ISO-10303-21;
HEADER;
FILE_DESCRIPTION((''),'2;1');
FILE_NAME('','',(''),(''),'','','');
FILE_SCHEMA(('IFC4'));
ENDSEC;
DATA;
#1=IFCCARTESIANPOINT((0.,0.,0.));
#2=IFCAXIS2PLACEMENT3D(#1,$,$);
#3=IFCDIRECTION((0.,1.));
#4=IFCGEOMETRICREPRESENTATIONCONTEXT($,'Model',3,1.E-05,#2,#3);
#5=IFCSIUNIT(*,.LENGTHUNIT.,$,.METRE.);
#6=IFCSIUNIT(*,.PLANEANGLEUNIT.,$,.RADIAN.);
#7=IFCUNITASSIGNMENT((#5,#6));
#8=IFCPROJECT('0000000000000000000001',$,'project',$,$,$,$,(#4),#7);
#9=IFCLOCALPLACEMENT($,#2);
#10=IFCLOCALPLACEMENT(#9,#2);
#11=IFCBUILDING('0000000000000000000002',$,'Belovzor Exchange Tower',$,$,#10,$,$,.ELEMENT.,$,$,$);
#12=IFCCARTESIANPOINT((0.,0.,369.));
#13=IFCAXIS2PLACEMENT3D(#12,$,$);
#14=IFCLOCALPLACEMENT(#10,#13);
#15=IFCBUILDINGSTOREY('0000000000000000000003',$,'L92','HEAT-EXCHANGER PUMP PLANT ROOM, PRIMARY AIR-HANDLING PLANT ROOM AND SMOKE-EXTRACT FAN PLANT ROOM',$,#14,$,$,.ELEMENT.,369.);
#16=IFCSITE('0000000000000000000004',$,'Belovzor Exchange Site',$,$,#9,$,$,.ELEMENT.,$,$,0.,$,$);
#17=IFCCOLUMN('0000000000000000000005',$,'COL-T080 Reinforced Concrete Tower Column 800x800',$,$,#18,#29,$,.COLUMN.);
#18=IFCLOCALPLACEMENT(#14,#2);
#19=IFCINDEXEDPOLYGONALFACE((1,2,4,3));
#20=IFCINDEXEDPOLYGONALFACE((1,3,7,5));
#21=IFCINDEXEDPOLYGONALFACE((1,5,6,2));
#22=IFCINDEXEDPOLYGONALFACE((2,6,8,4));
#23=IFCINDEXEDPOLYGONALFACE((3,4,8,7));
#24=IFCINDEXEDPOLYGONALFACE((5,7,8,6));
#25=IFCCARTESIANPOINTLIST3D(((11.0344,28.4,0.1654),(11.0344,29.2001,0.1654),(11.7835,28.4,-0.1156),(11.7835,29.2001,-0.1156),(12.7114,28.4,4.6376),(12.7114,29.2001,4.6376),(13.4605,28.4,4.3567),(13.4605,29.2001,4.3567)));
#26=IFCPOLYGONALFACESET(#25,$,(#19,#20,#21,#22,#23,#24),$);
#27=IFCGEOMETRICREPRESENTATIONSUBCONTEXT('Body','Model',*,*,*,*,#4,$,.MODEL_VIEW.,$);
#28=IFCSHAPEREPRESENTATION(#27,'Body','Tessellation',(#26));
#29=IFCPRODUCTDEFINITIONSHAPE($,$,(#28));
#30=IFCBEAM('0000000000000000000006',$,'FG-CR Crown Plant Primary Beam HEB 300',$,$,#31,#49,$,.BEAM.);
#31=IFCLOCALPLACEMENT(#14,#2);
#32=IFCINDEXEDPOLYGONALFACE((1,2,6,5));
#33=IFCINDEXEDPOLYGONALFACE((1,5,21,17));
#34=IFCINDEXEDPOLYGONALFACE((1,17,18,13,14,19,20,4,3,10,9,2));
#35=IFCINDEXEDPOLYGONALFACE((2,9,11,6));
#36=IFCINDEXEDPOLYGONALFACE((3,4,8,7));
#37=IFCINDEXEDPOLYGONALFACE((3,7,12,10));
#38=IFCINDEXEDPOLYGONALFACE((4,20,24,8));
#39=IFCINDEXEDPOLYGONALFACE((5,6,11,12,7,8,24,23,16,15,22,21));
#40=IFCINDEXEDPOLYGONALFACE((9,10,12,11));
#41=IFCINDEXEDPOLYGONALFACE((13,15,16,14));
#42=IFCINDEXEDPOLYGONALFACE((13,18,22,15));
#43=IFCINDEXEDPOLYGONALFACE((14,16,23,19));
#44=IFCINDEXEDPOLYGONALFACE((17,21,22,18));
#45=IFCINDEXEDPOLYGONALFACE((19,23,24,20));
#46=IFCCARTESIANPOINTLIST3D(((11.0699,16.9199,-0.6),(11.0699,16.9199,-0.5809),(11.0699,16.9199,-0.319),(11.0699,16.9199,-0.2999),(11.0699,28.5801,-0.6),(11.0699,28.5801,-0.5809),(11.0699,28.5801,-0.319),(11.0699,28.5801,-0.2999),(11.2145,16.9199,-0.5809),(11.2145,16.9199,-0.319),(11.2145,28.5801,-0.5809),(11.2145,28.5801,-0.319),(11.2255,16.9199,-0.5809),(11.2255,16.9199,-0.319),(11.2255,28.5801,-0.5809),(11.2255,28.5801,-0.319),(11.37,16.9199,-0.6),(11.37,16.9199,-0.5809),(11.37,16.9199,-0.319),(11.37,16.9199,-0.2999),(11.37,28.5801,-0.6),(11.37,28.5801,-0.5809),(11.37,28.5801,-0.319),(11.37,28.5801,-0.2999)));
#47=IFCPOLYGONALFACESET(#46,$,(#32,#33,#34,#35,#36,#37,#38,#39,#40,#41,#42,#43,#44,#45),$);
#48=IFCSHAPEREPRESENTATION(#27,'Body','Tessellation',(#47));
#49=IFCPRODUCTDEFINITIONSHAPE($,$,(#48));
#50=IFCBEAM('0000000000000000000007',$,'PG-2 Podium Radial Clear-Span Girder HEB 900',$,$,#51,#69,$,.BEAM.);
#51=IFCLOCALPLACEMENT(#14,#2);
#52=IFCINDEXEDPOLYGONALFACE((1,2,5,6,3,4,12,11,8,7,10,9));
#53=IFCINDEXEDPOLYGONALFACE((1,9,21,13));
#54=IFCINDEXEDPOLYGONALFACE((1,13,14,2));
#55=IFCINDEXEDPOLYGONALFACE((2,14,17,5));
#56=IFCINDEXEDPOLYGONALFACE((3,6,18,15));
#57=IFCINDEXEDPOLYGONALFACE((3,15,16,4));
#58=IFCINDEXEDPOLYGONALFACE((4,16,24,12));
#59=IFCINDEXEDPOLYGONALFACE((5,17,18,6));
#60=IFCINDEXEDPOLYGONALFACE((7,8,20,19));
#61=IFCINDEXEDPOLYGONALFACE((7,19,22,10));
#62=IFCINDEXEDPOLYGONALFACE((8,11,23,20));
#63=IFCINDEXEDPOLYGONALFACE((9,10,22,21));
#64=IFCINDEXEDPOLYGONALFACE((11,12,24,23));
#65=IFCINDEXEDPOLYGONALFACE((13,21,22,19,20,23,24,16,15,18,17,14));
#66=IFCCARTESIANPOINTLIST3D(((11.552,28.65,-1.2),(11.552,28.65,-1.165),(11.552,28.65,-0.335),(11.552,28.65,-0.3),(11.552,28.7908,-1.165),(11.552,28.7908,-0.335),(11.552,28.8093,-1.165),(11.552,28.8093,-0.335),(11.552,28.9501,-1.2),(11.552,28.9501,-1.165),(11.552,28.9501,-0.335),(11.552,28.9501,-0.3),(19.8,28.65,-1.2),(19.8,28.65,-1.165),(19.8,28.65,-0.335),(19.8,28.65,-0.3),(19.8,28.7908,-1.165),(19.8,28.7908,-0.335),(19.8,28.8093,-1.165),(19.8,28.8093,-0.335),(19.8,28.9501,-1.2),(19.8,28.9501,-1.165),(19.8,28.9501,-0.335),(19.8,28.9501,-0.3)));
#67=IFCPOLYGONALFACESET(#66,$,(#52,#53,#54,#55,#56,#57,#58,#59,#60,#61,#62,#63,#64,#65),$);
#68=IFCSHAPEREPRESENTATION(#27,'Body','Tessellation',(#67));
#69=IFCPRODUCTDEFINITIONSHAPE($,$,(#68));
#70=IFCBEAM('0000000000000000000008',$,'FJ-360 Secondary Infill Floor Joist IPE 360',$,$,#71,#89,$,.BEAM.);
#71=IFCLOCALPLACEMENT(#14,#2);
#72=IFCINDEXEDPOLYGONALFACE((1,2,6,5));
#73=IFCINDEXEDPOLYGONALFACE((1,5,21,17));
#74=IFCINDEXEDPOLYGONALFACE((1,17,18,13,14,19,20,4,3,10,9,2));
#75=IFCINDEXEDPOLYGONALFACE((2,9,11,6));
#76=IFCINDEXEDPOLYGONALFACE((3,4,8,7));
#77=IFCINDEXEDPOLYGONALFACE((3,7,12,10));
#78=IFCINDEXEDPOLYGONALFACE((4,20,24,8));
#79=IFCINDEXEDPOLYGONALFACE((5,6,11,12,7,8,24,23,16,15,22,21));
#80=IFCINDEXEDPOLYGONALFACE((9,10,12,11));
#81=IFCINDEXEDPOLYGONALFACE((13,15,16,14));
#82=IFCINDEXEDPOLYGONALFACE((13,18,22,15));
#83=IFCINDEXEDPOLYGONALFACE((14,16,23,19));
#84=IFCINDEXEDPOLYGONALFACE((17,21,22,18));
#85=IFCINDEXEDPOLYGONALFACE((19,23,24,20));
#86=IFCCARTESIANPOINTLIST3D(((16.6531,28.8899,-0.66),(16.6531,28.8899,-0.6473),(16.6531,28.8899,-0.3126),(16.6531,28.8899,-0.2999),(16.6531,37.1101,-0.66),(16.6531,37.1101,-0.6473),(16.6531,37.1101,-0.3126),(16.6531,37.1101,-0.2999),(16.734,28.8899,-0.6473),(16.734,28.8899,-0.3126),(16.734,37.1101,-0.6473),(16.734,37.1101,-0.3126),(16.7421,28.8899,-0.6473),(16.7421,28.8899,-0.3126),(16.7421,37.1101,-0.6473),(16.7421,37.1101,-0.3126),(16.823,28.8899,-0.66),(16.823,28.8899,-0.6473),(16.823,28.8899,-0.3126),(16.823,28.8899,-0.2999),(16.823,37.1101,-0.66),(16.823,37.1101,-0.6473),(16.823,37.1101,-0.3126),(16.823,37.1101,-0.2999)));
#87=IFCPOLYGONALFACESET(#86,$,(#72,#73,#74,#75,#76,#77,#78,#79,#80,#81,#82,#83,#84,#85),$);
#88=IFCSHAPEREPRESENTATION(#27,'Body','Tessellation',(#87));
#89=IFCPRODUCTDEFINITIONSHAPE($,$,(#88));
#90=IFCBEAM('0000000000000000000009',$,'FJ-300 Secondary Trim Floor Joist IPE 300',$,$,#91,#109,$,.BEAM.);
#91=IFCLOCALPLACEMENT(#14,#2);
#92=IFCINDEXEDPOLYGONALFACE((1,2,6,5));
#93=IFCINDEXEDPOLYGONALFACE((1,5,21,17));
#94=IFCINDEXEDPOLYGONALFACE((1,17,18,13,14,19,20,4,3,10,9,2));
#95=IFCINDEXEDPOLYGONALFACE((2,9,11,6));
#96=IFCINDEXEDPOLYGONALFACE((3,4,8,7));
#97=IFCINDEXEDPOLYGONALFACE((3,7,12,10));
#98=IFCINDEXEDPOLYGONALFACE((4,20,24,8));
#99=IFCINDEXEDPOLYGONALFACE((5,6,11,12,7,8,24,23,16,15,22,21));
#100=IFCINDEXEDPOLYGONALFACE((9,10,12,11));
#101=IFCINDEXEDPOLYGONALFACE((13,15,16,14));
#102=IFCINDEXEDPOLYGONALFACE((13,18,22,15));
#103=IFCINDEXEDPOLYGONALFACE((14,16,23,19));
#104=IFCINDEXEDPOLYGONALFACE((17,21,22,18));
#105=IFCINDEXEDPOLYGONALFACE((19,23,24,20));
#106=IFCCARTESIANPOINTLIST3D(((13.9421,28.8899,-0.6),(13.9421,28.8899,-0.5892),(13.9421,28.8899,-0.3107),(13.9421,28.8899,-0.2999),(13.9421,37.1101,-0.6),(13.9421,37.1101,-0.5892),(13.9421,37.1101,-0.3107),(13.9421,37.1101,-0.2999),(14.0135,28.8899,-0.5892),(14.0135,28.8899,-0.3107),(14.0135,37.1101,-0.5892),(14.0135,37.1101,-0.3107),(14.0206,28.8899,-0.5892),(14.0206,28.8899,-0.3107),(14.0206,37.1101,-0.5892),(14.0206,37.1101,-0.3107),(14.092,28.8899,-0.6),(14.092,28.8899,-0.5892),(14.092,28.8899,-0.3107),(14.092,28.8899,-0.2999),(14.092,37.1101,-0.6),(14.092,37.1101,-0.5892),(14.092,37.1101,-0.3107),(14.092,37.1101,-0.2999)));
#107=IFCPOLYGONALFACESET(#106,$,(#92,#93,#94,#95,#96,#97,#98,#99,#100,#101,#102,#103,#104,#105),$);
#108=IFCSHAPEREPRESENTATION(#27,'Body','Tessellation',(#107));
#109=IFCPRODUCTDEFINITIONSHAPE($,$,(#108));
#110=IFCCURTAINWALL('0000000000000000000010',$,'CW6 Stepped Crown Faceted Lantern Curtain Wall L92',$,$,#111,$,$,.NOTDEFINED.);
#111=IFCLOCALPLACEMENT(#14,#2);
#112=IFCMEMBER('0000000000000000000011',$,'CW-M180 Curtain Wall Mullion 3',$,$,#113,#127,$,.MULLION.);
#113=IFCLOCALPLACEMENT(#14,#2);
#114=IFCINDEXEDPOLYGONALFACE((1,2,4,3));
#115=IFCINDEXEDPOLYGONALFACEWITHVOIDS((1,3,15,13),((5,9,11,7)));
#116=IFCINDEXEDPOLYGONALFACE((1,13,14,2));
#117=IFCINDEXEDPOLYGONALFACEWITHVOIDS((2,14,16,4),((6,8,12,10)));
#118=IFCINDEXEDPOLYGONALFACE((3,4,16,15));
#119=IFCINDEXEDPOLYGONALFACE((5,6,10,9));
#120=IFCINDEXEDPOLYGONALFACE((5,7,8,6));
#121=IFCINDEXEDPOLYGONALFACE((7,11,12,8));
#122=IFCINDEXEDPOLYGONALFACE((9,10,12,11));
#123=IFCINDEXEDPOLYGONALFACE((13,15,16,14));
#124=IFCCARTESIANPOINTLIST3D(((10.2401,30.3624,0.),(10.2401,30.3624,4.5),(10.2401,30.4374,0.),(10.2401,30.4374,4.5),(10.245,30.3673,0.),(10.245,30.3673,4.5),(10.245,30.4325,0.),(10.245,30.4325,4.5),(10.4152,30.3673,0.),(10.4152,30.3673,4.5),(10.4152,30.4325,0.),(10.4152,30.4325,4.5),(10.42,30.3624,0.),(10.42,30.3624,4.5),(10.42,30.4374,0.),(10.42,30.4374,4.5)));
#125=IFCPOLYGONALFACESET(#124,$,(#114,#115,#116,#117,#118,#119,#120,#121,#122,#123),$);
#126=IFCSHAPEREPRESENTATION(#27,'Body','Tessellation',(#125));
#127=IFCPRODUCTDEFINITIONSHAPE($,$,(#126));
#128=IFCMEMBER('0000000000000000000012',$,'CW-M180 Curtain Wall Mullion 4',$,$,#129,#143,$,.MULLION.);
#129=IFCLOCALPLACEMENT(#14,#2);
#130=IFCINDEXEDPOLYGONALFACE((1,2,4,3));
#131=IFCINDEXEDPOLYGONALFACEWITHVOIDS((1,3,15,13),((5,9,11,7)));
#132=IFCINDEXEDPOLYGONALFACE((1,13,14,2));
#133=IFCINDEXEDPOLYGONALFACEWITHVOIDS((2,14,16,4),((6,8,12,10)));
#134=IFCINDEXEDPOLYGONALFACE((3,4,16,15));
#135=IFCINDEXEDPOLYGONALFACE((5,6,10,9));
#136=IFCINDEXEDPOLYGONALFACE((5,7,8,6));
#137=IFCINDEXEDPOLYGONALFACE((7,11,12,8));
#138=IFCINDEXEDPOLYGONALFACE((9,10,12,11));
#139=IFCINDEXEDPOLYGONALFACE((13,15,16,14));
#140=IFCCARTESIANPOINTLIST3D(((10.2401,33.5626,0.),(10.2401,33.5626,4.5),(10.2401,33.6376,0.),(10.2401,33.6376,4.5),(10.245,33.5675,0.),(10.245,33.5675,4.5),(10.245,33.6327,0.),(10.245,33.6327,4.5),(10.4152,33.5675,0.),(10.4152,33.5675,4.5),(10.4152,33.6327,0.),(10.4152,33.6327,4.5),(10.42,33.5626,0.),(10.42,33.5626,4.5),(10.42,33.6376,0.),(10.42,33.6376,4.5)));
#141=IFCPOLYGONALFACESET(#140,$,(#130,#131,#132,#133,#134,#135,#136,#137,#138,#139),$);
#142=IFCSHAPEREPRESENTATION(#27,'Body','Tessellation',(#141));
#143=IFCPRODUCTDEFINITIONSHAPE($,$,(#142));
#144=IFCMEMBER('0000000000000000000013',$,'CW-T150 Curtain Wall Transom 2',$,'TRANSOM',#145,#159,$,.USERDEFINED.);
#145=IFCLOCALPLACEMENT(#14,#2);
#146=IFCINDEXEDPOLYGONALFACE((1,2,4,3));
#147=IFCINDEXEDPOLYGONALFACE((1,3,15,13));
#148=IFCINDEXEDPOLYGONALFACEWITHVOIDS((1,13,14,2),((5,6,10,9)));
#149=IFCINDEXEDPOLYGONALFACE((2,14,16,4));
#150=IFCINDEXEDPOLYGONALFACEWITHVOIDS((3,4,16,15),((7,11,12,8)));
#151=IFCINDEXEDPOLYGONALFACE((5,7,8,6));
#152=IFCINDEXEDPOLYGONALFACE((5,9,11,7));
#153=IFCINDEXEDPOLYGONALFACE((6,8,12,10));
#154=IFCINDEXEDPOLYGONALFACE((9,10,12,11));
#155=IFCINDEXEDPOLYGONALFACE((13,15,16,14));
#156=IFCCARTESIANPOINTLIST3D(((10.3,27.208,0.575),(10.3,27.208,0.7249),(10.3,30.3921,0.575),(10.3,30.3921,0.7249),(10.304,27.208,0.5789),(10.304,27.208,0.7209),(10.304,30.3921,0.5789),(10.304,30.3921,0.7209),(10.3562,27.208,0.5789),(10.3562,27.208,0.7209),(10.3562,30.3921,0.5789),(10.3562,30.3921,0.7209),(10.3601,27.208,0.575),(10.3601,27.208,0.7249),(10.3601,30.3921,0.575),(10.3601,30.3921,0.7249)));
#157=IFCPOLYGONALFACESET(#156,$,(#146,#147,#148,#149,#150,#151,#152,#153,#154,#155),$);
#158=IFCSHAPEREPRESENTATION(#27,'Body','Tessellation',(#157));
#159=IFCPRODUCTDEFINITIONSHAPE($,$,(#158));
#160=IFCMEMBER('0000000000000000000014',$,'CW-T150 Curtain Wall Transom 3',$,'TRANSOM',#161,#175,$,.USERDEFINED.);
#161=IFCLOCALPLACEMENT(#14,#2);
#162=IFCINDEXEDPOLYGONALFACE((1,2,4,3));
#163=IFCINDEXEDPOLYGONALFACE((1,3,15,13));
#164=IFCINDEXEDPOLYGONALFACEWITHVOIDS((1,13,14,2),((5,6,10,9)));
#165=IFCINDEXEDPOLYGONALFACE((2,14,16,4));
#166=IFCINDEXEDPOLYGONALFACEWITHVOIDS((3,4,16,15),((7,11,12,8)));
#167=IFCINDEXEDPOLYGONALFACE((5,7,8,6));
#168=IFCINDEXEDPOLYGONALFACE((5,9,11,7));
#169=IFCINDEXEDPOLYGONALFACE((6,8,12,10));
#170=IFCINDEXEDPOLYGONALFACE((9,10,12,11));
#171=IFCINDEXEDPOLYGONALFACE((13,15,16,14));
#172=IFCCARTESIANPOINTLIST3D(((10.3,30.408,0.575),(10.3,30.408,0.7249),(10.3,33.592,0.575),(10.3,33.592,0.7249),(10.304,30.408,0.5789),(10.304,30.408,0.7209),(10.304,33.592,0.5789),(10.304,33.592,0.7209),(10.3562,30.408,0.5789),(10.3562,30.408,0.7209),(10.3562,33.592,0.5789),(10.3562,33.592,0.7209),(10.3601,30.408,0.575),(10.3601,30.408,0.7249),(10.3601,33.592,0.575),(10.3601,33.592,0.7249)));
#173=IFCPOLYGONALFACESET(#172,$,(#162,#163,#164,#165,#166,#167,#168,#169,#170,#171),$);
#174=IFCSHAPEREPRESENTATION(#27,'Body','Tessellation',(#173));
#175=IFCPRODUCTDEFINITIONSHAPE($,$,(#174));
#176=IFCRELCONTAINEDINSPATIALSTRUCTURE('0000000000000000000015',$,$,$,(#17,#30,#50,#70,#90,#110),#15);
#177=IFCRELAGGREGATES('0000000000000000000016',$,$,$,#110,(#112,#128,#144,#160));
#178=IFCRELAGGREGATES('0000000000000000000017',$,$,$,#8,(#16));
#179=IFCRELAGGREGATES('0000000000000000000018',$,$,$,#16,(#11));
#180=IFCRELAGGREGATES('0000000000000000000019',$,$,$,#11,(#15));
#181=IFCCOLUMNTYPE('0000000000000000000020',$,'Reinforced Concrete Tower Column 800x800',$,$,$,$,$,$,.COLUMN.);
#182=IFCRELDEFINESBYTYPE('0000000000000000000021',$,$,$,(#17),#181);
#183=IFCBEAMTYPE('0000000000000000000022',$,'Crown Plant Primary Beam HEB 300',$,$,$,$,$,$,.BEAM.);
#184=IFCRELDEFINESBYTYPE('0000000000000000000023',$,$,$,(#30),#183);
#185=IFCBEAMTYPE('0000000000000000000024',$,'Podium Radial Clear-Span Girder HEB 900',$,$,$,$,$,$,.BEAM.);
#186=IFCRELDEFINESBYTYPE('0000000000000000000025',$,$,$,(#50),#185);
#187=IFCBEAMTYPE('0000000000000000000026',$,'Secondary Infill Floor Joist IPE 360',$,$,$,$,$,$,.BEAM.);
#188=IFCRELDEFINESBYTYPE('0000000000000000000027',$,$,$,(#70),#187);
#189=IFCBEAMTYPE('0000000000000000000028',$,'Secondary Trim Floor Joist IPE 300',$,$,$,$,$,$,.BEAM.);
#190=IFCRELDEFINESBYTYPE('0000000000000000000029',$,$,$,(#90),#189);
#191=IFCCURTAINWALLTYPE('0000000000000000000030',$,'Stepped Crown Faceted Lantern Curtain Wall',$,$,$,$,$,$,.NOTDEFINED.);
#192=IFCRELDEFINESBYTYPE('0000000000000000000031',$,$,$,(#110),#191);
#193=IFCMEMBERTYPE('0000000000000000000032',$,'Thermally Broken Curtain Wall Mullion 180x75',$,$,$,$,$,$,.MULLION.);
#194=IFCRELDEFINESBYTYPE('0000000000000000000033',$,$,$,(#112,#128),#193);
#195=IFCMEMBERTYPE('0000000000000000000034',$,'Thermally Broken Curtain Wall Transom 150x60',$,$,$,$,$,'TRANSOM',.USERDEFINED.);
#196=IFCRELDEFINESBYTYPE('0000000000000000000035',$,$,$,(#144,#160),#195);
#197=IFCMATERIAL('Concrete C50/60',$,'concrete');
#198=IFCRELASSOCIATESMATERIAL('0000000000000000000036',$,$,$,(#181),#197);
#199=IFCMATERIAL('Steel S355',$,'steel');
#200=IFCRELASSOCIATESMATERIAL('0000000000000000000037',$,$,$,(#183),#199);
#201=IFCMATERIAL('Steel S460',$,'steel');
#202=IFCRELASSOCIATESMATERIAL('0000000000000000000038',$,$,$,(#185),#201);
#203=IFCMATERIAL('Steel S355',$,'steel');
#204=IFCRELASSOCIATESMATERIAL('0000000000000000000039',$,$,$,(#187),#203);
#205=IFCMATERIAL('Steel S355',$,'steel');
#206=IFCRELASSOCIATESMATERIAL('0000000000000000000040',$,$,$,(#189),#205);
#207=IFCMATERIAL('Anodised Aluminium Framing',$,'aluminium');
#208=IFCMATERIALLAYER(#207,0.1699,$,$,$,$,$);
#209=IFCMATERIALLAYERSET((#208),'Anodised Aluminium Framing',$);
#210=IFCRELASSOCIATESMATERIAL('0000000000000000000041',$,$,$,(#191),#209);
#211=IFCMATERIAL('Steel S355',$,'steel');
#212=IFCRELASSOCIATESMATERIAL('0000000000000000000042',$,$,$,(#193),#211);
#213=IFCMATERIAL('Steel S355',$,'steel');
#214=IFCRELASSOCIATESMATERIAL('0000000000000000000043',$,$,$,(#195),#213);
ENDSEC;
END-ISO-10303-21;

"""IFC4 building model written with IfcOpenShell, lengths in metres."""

from ifc_helpers import new_model, si_unit, direction, frame, origin, origin_2d, place, context, subcontext, project, spatial, rectangle, hollow_rectangle, i_section, extrude, material, layer, layer_set, material_profile, profile_set, type_object, element, aggregate, save


model = new_model("IFC4")

# Units and contexts
model_context = context("Model", 3, precision=1e-05, world=origin(), true_north=direction((0.0, 1.0)))
body_context = subcontext(model_context, "Body", "Model", "MODEL_VIEW")
ifc_project = project(units=[si_unit("LENGTHUNIT", "METRE"), si_unit("PLANEANGLEUNIT", "RADIAN")], contexts=[model_context])

# Site, building, storey
site_placement = place(None, origin())
site = spatial("IfcSite", under=ifc_project, at=site_placement, Name="Belovzor Exchange Site", CompositionType="ELEMENT", RefElevation=0.0)
building_placement = place(site_placement, origin())
building = spatial("IfcBuilding", under=site, at=building_placement, Name="Belovzor Exchange Tower", CompositionType="ELEMENT")
storey_placement = place(building_placement, frame((0.0, 0.0, 369.0)))
storey = spatial("IfcBuildingStorey", under=building, at=storey_placement, Name="L92", Description="HEAT-EXCHANGER PUMP PLANT ROOM, PRIMARY AIR-HANDLING PLANT ROOM AND SMOKE-EXTRACT FAN PLANT ROOM", CompositionType="ELEMENT", Elevation=369.0)

# Column
ifc_material_1 = material(Name="Concrete C50/60", Category="concrete")
ifc_material_profile_1 = material_profile(ifc_material_1, rectangle(XDim=0.8, YDim=0.8, at=origin_2d()))
ifc_profile_set_1 = profile_set([ifc_material_profile_1], Name="Concrete C50/60")
column_type = type_object("IfcColumnType", Name="Reinforced Concrete Tower Column 800x800", PredefinedType="COLUMN", material=ifc_profile_set_1)
column_placement = place(storey_placement, frame((11.4089, 28.8, 0.0249), z_axis=(0.351112, 0.0, 0.936333), x_axis=(0.0, 1.0, 0.0)))
element("IfcColumn", 1, at=column_placement, inside=storey, type_object=column_type, Name="COL-T080 Reinforced Concrete Tower Column 800x800", PredefinedType="COLUMN", context=body_context, shape_type="SweptSolid", body=[
    extrude(rectangle(XDim=0.8, YDim=0.8, at=origin_2d()), origin(), (0.0, 0.0, 1.0), 4.7764),
])

# Beams
ifc_material_2 = material(Name="Steel S355", Category="steel")
ifc_material_profile_2 = material_profile(ifc_material_2, i_section(OverallWidth=0.3, OverallDepth=0.3, WebThickness=0.011, FlangeThickness=0.019, at=origin_2d()))
ifc_profile_set_2 = profile_set([ifc_material_profile_2], Name="Steel S355")
beam_type_1 = type_object("IfcBeamType", Name="Crown Plant Primary Beam HEB 300", PredefinedType="BEAM", material=ifc_profile_set_2)
beam_1_placement = place(storey_placement, frame((11.22, 28.5801, -0.45), z_axis=(0.0, -1.0, 0.0), x_axis=(1.0, 0.0, 0.0)))
element("IfcBeam", 2, at=beam_1_placement, inside=storey, type_object=beam_type_1, Name="FG-CR Crown Plant Primary Beam HEB 300", PredefinedType="BEAM", context=body_context, shape_type="SweptSolid", body=[
    extrude(i_section(OverallWidth=0.3, OverallDepth=0.3, WebThickness=0.011, FlangeThickness=0.019, at=origin_2d()), origin(), (0.0, 0.0, 1.0), 11.6602),
])
ifc_material_3 = material(Name="Steel S460", Category="steel")
ifc_material_profile_3 = material_profile(ifc_material_3, i_section(OverallWidth=0.3, OverallDepth=0.8999, WebThickness=0.0186, FlangeThickness=0.0349, at=origin_2d()))
ifc_profile_set_3 = profile_set([ifc_material_profile_3], Name="Steel S460")
beam_type_2 = type_object("IfcBeamType", Name="Podium Radial Clear-Span Girder HEB 900", PredefinedType="BEAM", material=ifc_profile_set_3)
beam_2_placement = place(storey_placement, frame((19.8, 28.8, -0.75), z_axis=(-1.0, 0.0, 0.0), x_axis=(0.0, -1.0, 0.0)))
element("IfcBeam", 3, at=beam_2_placement, inside=storey, type_object=beam_type_2, Name="PG-2 Podium Radial Clear-Span Girder HEB 900", PredefinedType="BEAM", context=body_context, shape_type="SweptSolid", body=[
    extrude(i_section(OverallWidth=0.3, OverallDepth=0.8999, WebThickness=0.0186, FlangeThickness=0.0349, at=origin_2d()), origin(), (0.0, 0.0, 1.0), 8.248),
])
ifc_material_4 = material(Name="Steel S355", Category="steel")
ifc_material_profile_4 = material_profile(ifc_material_4, i_section(OverallWidth=0.1699, OverallDepth=0.3601, WebThickness=0.0081, FlangeThickness=0.0127, at=origin_2d()))
ifc_profile_set_4 = profile_set([ifc_material_profile_4], Name="Steel S355")
beam_type_3 = type_object("IfcBeamType", Name="Secondary Infill Floor Joist IPE 360", PredefinedType="BEAM", material=ifc_profile_set_4)
beam_3_placement = place(storey_placement, frame((16.738, 28.8899, -0.48), z_axis=(0.0, 1.0, 0.0), x_axis=(-1.0, 0.0, 0.0)))
element("IfcBeam", 4, at=beam_3_placement, inside=storey, type_object=beam_type_3, Name="FJ-360 Secondary Infill Floor Joist IPE 360", PredefinedType="BEAM", context=body_context, shape_type="SweptSolid", body=[
    extrude(i_section(OverallWidth=0.1699, OverallDepth=0.3601, WebThickness=0.0081, FlangeThickness=0.0127, at=origin_2d()), origin(), (0.0, 0.0, 1.0), 8.2202),
])
ifc_material_5 = material(Name="Steel S355", Category="steel")
ifc_material_profile_5 = material_profile(ifc_material_5, i_section(OverallWidth=0.1499, OverallDepth=0.3, WebThickness=0.0071, FlangeThickness=0.0107, at=origin_2d()))
ifc_profile_set_5 = profile_set([ifc_material_profile_5], Name="Steel S355")
beam_type_4 = type_object("IfcBeamType", Name="Secondary Trim Floor Joist IPE 300", PredefinedType="BEAM", material=ifc_profile_set_5)
beam_4_placement = place(storey_placement, frame((14.0171, 28.8899, -0.45), z_axis=(0.0, 1.0, 0.0), x_axis=(-1.0, 0.0, 0.0)))
element("IfcBeam", 5, at=beam_4_placement, inside=storey, type_object=beam_type_4, Name="FJ-300 Secondary Trim Floor Joist IPE 300", PredefinedType="BEAM", context=body_context, shape_type="SweptSolid", body=[
    extrude(i_section(OverallWidth=0.1499, OverallDepth=0.3, WebThickness=0.0071, FlangeThickness=0.0107, at=origin_2d()), origin(), (0.0, 0.0, 1.0), 8.2202),
])

# Curtain wall, members
ifc_material_6 = material(Name="Anodised Aluminium Framing", Category="aluminium")
ifc_layer_1 = layer(ifc_material_6, 0.1699)
ifc_layer_set_1 = layer_set([ifc_layer_1], Name="Anodised Aluminium Framing")
curtain_wall_type = type_object("IfcCurtainWallType", Name="Stepped Crown Faceted Lantern Curtain Wall", PredefinedType="NOTDEFINED", material=ifc_layer_set_1)
curtain_wall_placement = place(storey_placement, origin())
curtain_wall = element("IfcCurtainWall", 6, at=curtain_wall_placement, inside=storey, type_object=curtain_wall_type, Name="CW6 Stepped Crown Faceted Lantern Curtain Wall L92", PredefinedType="NOTDEFINED")
ifc_material_7 = material(Name="Steel S355", Category="steel")
ifc_material_profile_6 = material_profile(ifc_material_7, hollow_rectangle(XDim=0.075, YDim=0.1799, WallThickness=0.0049, at=origin_2d()))
ifc_profile_set_6 = profile_set([ifc_material_profile_6], Name="Steel S355")
member_type_1 = type_object("IfcMemberType", Name="Thermally Broken Curtain Wall Mullion 180x75", PredefinedType="MULLION", material=ifc_profile_set_6)
member_1_placement = place(storey_placement, frame((10.3301, 30.3999, 0.0), z_axis=(0.0, 0.0, 1.0), x_axis=(0.0, 1.0, 0.0)))
member_1 = element("IfcMember", 7, at=member_1_placement, type_object=member_type_1, Name="CW-M180 Curtain Wall Mullion 3", PredefinedType="MULLION", context=body_context, shape_type="SweptSolid", body=[
    extrude(hollow_rectangle(XDim=0.075, YDim=0.1799, WallThickness=0.0049, at=origin_2d()), origin(), (0.0, 0.0, 1.0), 4.5),
])
member_2_placement = place(storey_placement, frame((10.3301, 33.6001, 0.0), z_axis=(0.0, 0.0, 1.0), x_axis=(0.0, 1.0, 0.0)))
member_2 = element("IfcMember", 8, at=member_2_placement, type_object=member_type_1, Name="CW-M180 Curtain Wall Mullion 4", PredefinedType="MULLION", context=body_context, shape_type="SweptSolid", body=[
    extrude(hollow_rectangle(XDim=0.075, YDim=0.1799, WallThickness=0.0049, at=origin_2d()), origin(), (0.0, 0.0, 1.0), 4.5),
])
ifc_material_8 = material(Name="Steel S355", Category="steel")
ifc_material_profile_7 = material_profile(ifc_material_8, hollow_rectangle(XDim=0.0601, YDim=0.1499, WallThickness=0.0039, at=origin_2d()))
ifc_profile_set_7 = profile_set([ifc_material_profile_7], Name="Steel S355")
member_type_2 = type_object("IfcMemberType", Name="Thermally Broken Curtain Wall Transom 150x60", ElementType="TRANSOM", PredefinedType="USERDEFINED", material=ifc_profile_set_7)
member_3_placement = place(storey_placement, frame((10.3301, 27.208, 0.6499), z_axis=(0.0, 1.0, 0.0), x_axis=(-1.0, 0.0, 0.0)))
member_3 = element("IfcMember", 9, at=member_3_placement, type_object=member_type_2, Name="CW-T150 Curtain Wall Transom 2", ObjectType="TRANSOM", PredefinedType="USERDEFINED", context=body_context, shape_type="SweptSolid", body=[
    extrude(hollow_rectangle(XDim=0.0601, YDim=0.1499, WallThickness=0.0039, at=origin_2d()), origin(), (0.0, 0.0, 1.0), 3.1841),
])
member_4_placement = place(storey_placement, frame((10.3301, 30.408, 0.6499), z_axis=(0.0, 1.0, 0.0), x_axis=(-1.0, 0.0, 0.0)))
member_4 = element("IfcMember", 10, at=member_4_placement, type_object=member_type_2, Name="CW-T150 Curtain Wall Transom 3", ObjectType="TRANSOM", PredefinedType="USERDEFINED", context=body_context, shape_type="SweptSolid", body=[
    extrude(hollow_rectangle(XDim=0.0601, YDim=0.1499, WallThickness=0.0039, at=origin_2d()), origin(), (0.0, 0.0, 1.0), 3.1841),
])

aggregate(curtain_wall, [member_1, member_2, member_3, member_4])

save(model, "model.ifc")
